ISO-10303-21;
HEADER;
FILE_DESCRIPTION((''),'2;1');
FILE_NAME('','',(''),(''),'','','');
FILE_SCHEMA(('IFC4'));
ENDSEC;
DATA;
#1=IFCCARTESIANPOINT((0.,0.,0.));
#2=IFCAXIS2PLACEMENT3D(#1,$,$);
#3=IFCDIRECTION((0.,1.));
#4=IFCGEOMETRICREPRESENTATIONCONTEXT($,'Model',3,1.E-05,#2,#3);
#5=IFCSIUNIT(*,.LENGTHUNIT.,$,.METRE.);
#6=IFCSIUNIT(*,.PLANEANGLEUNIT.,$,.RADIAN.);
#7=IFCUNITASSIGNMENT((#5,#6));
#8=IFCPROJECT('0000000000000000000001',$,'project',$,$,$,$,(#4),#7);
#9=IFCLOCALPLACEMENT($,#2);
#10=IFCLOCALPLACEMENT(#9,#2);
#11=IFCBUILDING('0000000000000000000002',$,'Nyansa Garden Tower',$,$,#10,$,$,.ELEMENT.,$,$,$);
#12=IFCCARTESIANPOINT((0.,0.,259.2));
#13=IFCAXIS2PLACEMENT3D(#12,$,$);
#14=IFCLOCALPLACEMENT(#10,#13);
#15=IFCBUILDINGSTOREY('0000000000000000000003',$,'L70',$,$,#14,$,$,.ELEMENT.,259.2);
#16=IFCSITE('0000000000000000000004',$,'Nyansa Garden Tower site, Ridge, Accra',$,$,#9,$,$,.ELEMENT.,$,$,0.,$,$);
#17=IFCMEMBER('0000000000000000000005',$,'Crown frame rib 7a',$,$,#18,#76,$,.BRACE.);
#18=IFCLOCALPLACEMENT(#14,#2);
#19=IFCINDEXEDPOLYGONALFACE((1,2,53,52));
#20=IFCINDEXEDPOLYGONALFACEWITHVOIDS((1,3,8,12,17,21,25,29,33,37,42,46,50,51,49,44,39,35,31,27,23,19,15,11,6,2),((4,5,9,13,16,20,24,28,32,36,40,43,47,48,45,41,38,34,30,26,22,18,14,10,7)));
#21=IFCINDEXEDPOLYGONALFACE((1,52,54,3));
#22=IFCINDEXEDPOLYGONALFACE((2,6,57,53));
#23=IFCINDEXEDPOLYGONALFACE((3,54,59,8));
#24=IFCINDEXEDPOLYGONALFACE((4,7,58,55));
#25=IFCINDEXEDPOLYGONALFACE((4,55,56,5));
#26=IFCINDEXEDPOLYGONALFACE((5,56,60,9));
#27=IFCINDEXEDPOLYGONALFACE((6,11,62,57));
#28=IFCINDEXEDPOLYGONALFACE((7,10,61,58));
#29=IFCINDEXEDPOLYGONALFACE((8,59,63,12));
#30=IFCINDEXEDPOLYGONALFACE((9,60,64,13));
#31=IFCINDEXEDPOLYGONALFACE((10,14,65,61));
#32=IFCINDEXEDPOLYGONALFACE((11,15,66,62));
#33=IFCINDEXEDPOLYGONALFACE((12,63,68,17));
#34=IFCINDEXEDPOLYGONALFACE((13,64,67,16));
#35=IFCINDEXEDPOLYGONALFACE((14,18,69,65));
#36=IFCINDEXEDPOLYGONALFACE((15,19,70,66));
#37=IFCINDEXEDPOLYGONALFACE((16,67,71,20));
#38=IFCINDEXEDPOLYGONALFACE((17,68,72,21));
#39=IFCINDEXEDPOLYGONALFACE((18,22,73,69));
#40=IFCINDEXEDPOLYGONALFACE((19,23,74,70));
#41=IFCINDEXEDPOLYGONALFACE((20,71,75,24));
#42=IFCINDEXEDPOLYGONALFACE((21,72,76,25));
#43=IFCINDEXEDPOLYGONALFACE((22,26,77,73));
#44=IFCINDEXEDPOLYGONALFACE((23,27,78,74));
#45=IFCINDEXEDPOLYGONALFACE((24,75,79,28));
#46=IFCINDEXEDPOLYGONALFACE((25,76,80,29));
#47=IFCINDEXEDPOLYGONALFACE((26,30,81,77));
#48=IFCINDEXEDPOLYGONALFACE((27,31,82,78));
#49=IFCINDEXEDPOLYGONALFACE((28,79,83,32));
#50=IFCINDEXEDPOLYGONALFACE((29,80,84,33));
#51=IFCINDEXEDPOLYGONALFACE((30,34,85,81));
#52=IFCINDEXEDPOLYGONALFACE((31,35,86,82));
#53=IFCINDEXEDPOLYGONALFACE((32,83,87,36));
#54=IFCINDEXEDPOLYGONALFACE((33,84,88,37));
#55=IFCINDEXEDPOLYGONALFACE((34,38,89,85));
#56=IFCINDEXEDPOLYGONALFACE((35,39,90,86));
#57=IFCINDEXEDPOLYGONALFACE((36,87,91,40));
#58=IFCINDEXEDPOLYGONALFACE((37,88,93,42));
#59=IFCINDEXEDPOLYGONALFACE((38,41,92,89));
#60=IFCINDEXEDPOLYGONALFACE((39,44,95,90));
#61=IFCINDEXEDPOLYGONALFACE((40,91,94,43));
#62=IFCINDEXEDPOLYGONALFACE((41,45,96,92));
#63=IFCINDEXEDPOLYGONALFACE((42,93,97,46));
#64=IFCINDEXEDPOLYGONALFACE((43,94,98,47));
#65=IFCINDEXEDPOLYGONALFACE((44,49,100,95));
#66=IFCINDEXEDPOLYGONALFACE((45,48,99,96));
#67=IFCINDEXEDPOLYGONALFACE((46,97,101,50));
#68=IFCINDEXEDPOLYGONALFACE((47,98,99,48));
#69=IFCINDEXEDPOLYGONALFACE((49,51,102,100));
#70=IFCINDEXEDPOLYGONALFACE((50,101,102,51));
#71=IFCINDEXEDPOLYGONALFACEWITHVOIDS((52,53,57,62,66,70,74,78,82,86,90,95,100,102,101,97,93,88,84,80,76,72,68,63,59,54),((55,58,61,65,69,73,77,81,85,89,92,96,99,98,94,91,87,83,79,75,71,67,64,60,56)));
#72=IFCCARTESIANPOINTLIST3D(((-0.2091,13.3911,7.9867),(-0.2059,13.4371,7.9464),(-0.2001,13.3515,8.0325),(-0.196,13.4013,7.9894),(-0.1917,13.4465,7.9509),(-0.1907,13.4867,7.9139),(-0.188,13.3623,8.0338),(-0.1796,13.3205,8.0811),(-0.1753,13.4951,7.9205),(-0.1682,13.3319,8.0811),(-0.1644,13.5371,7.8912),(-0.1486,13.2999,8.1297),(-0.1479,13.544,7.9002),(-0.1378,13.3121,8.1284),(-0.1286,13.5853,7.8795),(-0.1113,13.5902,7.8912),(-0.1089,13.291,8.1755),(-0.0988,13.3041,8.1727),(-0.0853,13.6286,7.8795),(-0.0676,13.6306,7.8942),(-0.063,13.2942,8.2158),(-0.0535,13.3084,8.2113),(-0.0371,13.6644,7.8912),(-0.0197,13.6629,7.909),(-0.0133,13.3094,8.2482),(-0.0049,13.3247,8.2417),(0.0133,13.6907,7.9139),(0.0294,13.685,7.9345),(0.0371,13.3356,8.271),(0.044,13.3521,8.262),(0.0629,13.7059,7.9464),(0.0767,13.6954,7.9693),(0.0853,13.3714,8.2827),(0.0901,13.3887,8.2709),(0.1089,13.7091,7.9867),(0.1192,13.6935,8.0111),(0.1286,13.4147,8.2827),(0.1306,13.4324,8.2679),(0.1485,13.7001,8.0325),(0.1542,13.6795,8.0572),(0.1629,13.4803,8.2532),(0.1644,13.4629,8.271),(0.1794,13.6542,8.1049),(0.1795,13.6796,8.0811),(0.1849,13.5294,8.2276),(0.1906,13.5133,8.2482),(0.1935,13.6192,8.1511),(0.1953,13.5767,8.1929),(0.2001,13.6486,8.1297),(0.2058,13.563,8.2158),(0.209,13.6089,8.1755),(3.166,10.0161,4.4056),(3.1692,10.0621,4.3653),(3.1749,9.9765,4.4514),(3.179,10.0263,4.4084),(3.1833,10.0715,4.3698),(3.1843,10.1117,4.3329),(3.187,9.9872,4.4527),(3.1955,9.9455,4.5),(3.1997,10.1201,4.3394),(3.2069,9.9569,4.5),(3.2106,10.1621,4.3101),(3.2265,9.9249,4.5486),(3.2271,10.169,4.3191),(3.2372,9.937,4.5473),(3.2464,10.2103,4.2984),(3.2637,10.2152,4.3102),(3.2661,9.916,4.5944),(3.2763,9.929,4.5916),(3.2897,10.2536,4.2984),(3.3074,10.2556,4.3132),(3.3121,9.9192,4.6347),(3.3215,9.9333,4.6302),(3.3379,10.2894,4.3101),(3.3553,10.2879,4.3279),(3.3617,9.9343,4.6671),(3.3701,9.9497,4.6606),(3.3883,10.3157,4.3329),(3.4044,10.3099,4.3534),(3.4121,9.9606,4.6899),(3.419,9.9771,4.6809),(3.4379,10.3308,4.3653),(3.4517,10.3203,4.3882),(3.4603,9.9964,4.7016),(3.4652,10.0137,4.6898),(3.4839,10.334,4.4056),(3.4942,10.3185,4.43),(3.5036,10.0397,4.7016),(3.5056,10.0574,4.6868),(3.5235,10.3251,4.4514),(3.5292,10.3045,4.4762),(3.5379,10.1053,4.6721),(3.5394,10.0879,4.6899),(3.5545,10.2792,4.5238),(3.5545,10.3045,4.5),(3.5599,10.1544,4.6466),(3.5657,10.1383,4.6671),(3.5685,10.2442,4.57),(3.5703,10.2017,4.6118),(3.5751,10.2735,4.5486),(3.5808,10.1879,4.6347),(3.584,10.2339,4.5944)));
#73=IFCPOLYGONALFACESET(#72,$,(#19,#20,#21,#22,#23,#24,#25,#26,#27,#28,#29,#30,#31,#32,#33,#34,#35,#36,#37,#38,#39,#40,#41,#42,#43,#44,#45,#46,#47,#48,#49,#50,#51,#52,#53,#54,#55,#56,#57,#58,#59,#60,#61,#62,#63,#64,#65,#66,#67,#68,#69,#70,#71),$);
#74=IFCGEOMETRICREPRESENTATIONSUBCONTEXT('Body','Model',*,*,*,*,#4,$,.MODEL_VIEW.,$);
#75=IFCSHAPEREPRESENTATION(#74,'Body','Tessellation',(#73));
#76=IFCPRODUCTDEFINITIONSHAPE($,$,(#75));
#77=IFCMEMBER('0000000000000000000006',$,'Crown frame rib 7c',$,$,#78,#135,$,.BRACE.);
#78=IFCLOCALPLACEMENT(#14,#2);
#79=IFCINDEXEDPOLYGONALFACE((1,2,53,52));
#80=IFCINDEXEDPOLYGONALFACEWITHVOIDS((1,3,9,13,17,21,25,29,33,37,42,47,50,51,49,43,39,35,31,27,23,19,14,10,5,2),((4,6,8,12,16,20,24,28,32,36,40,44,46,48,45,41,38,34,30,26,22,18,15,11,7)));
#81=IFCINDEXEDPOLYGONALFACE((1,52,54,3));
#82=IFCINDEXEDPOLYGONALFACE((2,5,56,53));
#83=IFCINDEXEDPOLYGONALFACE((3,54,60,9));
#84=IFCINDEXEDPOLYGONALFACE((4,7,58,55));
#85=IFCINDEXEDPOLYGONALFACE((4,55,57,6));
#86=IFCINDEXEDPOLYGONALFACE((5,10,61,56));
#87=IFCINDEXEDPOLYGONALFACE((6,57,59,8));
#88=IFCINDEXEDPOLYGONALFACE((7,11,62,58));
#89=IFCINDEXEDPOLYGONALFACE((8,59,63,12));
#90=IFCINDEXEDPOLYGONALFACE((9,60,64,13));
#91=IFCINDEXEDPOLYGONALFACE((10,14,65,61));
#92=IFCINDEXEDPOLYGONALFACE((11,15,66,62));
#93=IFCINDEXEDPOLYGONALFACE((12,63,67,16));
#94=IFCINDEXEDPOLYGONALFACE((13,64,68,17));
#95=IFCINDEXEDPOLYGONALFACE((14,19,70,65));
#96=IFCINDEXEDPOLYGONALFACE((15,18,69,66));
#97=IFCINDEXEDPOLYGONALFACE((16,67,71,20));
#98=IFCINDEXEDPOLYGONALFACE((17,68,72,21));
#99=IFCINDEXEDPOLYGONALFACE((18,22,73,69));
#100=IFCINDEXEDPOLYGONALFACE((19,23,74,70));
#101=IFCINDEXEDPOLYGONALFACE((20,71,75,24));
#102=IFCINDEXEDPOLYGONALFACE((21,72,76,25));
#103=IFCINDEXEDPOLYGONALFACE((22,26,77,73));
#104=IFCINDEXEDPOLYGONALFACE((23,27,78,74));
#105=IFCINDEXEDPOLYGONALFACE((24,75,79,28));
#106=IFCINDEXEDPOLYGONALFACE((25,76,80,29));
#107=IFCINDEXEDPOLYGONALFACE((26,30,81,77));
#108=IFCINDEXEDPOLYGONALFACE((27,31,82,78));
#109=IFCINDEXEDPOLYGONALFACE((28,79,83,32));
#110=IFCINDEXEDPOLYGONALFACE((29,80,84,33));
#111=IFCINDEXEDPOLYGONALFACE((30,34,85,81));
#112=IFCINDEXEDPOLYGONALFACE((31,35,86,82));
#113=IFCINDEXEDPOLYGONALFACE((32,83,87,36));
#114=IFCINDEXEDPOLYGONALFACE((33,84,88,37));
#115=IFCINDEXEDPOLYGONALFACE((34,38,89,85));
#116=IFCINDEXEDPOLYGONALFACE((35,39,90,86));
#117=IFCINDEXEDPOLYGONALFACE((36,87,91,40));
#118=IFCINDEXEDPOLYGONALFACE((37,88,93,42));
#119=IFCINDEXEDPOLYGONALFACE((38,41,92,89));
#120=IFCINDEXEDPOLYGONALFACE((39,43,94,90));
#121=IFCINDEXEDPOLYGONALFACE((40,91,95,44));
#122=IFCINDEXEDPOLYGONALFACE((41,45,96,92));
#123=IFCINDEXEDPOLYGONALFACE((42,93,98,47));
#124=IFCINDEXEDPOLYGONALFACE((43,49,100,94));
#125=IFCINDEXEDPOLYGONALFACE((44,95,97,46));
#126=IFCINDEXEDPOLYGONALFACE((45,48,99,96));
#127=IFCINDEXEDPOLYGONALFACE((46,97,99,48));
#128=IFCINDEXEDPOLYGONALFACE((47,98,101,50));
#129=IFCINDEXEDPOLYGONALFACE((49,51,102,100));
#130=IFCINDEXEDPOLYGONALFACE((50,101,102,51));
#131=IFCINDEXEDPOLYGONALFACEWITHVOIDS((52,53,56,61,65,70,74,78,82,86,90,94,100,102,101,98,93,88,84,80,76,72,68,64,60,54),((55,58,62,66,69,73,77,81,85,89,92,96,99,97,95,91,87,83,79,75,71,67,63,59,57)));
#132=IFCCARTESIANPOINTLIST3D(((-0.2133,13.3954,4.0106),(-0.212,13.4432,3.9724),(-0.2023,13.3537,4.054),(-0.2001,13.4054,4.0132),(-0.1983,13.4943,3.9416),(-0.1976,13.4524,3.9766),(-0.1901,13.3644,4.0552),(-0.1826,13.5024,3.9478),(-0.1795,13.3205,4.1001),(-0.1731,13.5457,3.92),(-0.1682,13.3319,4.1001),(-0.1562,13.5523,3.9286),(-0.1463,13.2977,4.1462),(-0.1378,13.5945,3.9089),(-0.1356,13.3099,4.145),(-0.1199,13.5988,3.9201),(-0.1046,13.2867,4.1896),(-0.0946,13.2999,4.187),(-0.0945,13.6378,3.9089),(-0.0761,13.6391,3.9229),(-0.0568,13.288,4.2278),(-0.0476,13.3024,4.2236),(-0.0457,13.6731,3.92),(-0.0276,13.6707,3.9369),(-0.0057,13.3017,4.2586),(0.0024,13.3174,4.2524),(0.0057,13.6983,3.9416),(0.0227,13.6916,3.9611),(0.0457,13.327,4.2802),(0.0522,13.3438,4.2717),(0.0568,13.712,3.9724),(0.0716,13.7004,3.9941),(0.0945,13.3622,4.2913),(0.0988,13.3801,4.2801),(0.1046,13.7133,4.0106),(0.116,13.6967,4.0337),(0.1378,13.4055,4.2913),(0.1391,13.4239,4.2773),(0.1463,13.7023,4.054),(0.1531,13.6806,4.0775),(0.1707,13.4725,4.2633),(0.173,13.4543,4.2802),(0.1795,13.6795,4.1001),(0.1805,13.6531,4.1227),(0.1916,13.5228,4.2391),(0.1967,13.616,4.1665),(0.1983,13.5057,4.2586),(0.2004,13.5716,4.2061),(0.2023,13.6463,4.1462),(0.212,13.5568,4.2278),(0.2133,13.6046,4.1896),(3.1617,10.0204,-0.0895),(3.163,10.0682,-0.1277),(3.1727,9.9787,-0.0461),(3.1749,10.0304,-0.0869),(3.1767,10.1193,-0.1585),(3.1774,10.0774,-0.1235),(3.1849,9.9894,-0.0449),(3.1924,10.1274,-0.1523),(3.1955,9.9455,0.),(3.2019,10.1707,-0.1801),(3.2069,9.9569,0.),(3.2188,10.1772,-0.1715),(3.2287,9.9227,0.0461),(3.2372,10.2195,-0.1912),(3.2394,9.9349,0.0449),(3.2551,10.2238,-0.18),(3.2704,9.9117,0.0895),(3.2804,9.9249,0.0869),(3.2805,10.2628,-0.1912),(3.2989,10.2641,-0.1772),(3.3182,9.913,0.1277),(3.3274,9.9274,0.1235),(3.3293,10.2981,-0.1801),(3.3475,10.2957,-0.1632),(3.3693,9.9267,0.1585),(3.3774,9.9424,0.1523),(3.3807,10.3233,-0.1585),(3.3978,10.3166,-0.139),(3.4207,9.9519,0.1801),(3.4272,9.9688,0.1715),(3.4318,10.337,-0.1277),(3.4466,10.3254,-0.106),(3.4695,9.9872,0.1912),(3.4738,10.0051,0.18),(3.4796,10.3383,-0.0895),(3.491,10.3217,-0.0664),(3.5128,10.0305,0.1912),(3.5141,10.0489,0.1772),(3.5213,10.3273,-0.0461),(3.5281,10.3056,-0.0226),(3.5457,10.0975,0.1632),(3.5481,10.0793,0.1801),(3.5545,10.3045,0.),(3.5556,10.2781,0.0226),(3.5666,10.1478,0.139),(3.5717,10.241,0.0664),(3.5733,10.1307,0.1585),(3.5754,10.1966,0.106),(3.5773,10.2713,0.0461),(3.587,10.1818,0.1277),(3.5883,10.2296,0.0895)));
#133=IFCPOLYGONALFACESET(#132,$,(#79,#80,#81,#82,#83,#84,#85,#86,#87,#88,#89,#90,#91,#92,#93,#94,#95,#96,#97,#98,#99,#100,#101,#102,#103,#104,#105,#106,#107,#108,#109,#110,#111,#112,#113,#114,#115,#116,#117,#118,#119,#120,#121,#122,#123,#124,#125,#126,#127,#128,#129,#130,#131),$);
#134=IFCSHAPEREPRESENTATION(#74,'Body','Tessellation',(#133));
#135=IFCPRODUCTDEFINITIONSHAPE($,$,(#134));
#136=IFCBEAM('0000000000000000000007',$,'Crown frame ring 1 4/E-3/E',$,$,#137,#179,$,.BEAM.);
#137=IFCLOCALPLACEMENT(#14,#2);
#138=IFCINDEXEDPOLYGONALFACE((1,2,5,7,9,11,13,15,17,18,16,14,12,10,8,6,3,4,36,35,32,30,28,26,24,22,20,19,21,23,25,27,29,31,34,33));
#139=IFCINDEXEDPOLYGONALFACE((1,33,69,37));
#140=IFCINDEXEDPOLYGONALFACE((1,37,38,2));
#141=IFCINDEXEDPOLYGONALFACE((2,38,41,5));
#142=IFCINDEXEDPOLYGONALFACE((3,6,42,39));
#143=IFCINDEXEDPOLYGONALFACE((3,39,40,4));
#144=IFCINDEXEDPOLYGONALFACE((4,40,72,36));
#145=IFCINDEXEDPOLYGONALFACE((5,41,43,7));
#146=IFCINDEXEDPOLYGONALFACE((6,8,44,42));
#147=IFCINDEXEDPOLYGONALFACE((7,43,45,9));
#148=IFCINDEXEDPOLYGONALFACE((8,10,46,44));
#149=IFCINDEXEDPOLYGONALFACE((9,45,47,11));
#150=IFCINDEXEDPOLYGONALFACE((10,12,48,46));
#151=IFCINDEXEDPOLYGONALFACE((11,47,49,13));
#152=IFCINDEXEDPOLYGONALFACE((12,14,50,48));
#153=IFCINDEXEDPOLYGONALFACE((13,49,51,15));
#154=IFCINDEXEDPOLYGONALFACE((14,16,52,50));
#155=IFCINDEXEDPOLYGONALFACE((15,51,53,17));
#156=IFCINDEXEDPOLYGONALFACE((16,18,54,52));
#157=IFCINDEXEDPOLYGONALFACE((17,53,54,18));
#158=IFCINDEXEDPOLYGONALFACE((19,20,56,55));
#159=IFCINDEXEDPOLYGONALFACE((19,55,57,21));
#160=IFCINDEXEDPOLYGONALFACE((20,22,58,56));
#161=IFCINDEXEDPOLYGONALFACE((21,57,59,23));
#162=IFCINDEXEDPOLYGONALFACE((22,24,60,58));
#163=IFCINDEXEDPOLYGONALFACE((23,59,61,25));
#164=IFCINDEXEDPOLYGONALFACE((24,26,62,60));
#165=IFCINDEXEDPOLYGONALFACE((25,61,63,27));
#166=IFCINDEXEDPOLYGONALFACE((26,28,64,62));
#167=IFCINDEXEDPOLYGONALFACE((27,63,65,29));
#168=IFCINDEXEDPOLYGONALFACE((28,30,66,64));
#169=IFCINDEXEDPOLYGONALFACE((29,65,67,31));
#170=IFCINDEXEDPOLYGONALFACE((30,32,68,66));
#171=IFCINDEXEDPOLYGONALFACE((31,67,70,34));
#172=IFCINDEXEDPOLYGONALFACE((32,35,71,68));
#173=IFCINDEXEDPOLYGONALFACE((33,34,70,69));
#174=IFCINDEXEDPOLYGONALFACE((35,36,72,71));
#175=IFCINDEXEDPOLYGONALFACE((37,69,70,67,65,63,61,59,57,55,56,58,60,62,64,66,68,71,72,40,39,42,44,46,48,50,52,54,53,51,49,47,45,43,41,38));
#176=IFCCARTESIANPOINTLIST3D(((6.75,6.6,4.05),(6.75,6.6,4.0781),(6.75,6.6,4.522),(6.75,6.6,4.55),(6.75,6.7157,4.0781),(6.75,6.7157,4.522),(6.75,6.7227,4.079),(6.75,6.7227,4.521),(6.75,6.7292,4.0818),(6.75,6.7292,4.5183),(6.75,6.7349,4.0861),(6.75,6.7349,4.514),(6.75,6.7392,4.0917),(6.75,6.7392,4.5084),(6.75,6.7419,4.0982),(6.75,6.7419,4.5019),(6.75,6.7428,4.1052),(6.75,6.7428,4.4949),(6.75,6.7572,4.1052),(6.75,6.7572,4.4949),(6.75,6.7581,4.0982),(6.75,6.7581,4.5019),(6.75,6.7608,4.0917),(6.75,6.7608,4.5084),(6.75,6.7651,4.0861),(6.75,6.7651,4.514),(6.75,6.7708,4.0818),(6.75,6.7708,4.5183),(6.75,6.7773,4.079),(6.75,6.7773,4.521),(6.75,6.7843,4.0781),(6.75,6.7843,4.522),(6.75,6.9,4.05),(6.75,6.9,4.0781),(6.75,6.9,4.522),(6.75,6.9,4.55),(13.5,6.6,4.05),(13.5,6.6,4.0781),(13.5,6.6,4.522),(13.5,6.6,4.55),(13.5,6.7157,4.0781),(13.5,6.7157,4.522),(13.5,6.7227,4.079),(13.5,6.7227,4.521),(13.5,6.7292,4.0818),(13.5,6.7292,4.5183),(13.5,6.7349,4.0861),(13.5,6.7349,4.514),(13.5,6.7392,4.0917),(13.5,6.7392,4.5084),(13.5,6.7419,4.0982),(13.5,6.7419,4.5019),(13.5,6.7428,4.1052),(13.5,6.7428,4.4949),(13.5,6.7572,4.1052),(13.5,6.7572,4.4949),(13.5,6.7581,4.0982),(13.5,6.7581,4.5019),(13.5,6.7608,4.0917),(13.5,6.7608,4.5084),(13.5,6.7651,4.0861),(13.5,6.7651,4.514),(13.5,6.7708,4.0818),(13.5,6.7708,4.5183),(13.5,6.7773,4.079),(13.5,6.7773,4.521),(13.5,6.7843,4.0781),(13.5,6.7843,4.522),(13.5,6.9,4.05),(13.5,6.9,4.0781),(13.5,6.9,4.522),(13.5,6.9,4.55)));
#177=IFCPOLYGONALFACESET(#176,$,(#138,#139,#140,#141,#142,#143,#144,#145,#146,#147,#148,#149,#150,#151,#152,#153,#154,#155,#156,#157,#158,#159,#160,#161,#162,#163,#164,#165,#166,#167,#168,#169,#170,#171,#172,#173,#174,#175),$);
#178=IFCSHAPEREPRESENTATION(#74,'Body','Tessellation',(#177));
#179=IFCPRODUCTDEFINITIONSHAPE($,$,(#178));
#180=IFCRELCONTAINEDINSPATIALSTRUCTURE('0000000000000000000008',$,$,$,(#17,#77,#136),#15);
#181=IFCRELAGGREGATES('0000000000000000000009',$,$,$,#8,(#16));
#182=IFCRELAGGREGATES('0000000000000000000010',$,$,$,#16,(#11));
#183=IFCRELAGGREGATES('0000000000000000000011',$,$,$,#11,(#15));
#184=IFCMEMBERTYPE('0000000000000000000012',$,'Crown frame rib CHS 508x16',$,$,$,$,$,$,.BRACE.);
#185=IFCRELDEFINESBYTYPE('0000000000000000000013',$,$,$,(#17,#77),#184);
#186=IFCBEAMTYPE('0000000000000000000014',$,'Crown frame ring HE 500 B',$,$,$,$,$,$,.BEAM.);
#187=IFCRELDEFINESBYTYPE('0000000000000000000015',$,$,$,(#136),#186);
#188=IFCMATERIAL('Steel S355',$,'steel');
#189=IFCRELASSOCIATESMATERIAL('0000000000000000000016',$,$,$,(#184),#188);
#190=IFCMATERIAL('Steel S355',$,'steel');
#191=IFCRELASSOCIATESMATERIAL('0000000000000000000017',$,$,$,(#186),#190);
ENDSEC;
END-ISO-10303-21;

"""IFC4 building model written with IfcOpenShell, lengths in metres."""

from ifc_helpers import new_model, si_unit, direction, frame, origin, origin_2d, place, context, subcontext, project, spatial, hollow_circle, i_section, extrude, material, material_profile, profile_set, type_object, element, save


model = new_model("IFC4")

# Units and contexts
model_context = context("Model", 3, precision=1e-05, world=origin(), true_north=direction((0.0, 1.0)))
body_context = subcontext(model_context, "Body", "Model", "MODEL_VIEW")
ifc_project = project(units=[si_unit("LENGTHUNIT", "METRE"), si_unit("PLANEANGLEUNIT", "RADIAN")], contexts=[model_context])

# Site, building, storey
site_placement = place(None, origin())
site = spatial("IfcSite", under=ifc_project, at=site_placement, Name="Nyansa Garden Tower site, Ridge, Accra", CompositionType="ELEMENT", RefElevation=0.0)
building_placement = place(site_placement, origin())
building = spatial("IfcBuilding", under=site, at=building_placement, Name="Nyansa Garden Tower", CompositionType="ELEMENT")
storey_placement = place(building_placement, frame((0.0, 0.0, 259.2)))
storey = spatial("IfcBuildingStorey", under=building, at=storey_placement, Name="L70", CompositionType="ELEMENT", Elevation=259.2)

# Members
ifc_material_1 = material(Name="Steel S355", Category="steel")
ifc_material_profile_1 = material_profile(ifc_material_1, hollow_circle(Radius=0.2539, WallThickness=0.0161, at=origin_2d()), Name="CHS 508x16")
ifc_profile_set_1 = profile_set([ifc_material_profile_1], Name="Steel S355")
member_type = type_object("IfcMemberType", Name="Crown frame rib CHS 508x16", PredefinedType="BRACE", material=ifc_profile_set_1)
member_1_placement = place(storey_placement, frame((3.375, 10.125, 4.5), z_axis=(-0.56561, 0.56561, 0.600142), x_axis=(-0.707107, -0.707107, 0.0)))
element("IfcMember", 1, at=member_1_placement, inside=storey, type_object=member_type, Name="Crown frame rib 7a", PredefinedType="BRACE", context=body_context, shape_type="SweptSolid", body=[
    extrude(hollow_circle(Radius=0.2539, WallThickness=0.0161, at=origin_2d()), origin(), (0.0, 0.0, 1.0), 5.967),
])
member_2_placement = place(storey_placement, frame((3.375, 10.125, 0.0), z_axis=(-0.536377, 0.536377, 0.651614), x_axis=(-0.707107, -0.707107, 0.0)))
element("IfcMember", 2, at=member_2_placement, inside=storey, type_object=member_type, Name="Crown frame rib 7c", PredefinedType="BRACE", context=body_context, shape_type="SweptSolid", body=[
    extrude(hollow_circle(Radius=0.2539, WallThickness=0.0161, at=origin_2d()), origin(), (0.0, 0.0, 1.0), 6.2922),
])

# Beam
ifc_material_2 = material(Name="Steel S355", Category="steel")
ifc_material_profile_2 = material_profile(ifc_material_2, i_section(OverallWidth=0.3, OverallDepth=0.5, WebThickness=0.0144, FlangeThickness=0.0281, FilletRadius=0.0271, at=origin_2d()), Name="HE 500 B")
ifc_profile_set_2 = profile_set([ifc_material_profile_2], Name="Steel S355")
beam_type_1 = type_object("IfcBeamType", Name="Crown frame ring HE 500 B", PredefinedType="BEAM", material=ifc_profile_set_2)
beam_1_placement = place(storey_placement, frame((13.5, 6.75, 4.3), z_axis=(-1.0, 0.0, 0.0), x_axis=(0.0, -1.0, 0.0)))
element("IfcBeam", 3, at=beam_1_placement, inside=storey, type_object=beam_type_1, Name="Crown frame ring 1 4/E-3/E", PredefinedType="BEAM", context=body_context, shape_type="SweptSolid", body=[
    extrude(i_section(OverallWidth=0.3, OverallDepth=0.5, WebThickness=0.0144, FlangeThickness=0.0281, FilletRadius=0.0271, at=origin_2d()), origin(), (0.0, 0.0, 1.0), 6.75),
])

save(model, "model.ifc")
